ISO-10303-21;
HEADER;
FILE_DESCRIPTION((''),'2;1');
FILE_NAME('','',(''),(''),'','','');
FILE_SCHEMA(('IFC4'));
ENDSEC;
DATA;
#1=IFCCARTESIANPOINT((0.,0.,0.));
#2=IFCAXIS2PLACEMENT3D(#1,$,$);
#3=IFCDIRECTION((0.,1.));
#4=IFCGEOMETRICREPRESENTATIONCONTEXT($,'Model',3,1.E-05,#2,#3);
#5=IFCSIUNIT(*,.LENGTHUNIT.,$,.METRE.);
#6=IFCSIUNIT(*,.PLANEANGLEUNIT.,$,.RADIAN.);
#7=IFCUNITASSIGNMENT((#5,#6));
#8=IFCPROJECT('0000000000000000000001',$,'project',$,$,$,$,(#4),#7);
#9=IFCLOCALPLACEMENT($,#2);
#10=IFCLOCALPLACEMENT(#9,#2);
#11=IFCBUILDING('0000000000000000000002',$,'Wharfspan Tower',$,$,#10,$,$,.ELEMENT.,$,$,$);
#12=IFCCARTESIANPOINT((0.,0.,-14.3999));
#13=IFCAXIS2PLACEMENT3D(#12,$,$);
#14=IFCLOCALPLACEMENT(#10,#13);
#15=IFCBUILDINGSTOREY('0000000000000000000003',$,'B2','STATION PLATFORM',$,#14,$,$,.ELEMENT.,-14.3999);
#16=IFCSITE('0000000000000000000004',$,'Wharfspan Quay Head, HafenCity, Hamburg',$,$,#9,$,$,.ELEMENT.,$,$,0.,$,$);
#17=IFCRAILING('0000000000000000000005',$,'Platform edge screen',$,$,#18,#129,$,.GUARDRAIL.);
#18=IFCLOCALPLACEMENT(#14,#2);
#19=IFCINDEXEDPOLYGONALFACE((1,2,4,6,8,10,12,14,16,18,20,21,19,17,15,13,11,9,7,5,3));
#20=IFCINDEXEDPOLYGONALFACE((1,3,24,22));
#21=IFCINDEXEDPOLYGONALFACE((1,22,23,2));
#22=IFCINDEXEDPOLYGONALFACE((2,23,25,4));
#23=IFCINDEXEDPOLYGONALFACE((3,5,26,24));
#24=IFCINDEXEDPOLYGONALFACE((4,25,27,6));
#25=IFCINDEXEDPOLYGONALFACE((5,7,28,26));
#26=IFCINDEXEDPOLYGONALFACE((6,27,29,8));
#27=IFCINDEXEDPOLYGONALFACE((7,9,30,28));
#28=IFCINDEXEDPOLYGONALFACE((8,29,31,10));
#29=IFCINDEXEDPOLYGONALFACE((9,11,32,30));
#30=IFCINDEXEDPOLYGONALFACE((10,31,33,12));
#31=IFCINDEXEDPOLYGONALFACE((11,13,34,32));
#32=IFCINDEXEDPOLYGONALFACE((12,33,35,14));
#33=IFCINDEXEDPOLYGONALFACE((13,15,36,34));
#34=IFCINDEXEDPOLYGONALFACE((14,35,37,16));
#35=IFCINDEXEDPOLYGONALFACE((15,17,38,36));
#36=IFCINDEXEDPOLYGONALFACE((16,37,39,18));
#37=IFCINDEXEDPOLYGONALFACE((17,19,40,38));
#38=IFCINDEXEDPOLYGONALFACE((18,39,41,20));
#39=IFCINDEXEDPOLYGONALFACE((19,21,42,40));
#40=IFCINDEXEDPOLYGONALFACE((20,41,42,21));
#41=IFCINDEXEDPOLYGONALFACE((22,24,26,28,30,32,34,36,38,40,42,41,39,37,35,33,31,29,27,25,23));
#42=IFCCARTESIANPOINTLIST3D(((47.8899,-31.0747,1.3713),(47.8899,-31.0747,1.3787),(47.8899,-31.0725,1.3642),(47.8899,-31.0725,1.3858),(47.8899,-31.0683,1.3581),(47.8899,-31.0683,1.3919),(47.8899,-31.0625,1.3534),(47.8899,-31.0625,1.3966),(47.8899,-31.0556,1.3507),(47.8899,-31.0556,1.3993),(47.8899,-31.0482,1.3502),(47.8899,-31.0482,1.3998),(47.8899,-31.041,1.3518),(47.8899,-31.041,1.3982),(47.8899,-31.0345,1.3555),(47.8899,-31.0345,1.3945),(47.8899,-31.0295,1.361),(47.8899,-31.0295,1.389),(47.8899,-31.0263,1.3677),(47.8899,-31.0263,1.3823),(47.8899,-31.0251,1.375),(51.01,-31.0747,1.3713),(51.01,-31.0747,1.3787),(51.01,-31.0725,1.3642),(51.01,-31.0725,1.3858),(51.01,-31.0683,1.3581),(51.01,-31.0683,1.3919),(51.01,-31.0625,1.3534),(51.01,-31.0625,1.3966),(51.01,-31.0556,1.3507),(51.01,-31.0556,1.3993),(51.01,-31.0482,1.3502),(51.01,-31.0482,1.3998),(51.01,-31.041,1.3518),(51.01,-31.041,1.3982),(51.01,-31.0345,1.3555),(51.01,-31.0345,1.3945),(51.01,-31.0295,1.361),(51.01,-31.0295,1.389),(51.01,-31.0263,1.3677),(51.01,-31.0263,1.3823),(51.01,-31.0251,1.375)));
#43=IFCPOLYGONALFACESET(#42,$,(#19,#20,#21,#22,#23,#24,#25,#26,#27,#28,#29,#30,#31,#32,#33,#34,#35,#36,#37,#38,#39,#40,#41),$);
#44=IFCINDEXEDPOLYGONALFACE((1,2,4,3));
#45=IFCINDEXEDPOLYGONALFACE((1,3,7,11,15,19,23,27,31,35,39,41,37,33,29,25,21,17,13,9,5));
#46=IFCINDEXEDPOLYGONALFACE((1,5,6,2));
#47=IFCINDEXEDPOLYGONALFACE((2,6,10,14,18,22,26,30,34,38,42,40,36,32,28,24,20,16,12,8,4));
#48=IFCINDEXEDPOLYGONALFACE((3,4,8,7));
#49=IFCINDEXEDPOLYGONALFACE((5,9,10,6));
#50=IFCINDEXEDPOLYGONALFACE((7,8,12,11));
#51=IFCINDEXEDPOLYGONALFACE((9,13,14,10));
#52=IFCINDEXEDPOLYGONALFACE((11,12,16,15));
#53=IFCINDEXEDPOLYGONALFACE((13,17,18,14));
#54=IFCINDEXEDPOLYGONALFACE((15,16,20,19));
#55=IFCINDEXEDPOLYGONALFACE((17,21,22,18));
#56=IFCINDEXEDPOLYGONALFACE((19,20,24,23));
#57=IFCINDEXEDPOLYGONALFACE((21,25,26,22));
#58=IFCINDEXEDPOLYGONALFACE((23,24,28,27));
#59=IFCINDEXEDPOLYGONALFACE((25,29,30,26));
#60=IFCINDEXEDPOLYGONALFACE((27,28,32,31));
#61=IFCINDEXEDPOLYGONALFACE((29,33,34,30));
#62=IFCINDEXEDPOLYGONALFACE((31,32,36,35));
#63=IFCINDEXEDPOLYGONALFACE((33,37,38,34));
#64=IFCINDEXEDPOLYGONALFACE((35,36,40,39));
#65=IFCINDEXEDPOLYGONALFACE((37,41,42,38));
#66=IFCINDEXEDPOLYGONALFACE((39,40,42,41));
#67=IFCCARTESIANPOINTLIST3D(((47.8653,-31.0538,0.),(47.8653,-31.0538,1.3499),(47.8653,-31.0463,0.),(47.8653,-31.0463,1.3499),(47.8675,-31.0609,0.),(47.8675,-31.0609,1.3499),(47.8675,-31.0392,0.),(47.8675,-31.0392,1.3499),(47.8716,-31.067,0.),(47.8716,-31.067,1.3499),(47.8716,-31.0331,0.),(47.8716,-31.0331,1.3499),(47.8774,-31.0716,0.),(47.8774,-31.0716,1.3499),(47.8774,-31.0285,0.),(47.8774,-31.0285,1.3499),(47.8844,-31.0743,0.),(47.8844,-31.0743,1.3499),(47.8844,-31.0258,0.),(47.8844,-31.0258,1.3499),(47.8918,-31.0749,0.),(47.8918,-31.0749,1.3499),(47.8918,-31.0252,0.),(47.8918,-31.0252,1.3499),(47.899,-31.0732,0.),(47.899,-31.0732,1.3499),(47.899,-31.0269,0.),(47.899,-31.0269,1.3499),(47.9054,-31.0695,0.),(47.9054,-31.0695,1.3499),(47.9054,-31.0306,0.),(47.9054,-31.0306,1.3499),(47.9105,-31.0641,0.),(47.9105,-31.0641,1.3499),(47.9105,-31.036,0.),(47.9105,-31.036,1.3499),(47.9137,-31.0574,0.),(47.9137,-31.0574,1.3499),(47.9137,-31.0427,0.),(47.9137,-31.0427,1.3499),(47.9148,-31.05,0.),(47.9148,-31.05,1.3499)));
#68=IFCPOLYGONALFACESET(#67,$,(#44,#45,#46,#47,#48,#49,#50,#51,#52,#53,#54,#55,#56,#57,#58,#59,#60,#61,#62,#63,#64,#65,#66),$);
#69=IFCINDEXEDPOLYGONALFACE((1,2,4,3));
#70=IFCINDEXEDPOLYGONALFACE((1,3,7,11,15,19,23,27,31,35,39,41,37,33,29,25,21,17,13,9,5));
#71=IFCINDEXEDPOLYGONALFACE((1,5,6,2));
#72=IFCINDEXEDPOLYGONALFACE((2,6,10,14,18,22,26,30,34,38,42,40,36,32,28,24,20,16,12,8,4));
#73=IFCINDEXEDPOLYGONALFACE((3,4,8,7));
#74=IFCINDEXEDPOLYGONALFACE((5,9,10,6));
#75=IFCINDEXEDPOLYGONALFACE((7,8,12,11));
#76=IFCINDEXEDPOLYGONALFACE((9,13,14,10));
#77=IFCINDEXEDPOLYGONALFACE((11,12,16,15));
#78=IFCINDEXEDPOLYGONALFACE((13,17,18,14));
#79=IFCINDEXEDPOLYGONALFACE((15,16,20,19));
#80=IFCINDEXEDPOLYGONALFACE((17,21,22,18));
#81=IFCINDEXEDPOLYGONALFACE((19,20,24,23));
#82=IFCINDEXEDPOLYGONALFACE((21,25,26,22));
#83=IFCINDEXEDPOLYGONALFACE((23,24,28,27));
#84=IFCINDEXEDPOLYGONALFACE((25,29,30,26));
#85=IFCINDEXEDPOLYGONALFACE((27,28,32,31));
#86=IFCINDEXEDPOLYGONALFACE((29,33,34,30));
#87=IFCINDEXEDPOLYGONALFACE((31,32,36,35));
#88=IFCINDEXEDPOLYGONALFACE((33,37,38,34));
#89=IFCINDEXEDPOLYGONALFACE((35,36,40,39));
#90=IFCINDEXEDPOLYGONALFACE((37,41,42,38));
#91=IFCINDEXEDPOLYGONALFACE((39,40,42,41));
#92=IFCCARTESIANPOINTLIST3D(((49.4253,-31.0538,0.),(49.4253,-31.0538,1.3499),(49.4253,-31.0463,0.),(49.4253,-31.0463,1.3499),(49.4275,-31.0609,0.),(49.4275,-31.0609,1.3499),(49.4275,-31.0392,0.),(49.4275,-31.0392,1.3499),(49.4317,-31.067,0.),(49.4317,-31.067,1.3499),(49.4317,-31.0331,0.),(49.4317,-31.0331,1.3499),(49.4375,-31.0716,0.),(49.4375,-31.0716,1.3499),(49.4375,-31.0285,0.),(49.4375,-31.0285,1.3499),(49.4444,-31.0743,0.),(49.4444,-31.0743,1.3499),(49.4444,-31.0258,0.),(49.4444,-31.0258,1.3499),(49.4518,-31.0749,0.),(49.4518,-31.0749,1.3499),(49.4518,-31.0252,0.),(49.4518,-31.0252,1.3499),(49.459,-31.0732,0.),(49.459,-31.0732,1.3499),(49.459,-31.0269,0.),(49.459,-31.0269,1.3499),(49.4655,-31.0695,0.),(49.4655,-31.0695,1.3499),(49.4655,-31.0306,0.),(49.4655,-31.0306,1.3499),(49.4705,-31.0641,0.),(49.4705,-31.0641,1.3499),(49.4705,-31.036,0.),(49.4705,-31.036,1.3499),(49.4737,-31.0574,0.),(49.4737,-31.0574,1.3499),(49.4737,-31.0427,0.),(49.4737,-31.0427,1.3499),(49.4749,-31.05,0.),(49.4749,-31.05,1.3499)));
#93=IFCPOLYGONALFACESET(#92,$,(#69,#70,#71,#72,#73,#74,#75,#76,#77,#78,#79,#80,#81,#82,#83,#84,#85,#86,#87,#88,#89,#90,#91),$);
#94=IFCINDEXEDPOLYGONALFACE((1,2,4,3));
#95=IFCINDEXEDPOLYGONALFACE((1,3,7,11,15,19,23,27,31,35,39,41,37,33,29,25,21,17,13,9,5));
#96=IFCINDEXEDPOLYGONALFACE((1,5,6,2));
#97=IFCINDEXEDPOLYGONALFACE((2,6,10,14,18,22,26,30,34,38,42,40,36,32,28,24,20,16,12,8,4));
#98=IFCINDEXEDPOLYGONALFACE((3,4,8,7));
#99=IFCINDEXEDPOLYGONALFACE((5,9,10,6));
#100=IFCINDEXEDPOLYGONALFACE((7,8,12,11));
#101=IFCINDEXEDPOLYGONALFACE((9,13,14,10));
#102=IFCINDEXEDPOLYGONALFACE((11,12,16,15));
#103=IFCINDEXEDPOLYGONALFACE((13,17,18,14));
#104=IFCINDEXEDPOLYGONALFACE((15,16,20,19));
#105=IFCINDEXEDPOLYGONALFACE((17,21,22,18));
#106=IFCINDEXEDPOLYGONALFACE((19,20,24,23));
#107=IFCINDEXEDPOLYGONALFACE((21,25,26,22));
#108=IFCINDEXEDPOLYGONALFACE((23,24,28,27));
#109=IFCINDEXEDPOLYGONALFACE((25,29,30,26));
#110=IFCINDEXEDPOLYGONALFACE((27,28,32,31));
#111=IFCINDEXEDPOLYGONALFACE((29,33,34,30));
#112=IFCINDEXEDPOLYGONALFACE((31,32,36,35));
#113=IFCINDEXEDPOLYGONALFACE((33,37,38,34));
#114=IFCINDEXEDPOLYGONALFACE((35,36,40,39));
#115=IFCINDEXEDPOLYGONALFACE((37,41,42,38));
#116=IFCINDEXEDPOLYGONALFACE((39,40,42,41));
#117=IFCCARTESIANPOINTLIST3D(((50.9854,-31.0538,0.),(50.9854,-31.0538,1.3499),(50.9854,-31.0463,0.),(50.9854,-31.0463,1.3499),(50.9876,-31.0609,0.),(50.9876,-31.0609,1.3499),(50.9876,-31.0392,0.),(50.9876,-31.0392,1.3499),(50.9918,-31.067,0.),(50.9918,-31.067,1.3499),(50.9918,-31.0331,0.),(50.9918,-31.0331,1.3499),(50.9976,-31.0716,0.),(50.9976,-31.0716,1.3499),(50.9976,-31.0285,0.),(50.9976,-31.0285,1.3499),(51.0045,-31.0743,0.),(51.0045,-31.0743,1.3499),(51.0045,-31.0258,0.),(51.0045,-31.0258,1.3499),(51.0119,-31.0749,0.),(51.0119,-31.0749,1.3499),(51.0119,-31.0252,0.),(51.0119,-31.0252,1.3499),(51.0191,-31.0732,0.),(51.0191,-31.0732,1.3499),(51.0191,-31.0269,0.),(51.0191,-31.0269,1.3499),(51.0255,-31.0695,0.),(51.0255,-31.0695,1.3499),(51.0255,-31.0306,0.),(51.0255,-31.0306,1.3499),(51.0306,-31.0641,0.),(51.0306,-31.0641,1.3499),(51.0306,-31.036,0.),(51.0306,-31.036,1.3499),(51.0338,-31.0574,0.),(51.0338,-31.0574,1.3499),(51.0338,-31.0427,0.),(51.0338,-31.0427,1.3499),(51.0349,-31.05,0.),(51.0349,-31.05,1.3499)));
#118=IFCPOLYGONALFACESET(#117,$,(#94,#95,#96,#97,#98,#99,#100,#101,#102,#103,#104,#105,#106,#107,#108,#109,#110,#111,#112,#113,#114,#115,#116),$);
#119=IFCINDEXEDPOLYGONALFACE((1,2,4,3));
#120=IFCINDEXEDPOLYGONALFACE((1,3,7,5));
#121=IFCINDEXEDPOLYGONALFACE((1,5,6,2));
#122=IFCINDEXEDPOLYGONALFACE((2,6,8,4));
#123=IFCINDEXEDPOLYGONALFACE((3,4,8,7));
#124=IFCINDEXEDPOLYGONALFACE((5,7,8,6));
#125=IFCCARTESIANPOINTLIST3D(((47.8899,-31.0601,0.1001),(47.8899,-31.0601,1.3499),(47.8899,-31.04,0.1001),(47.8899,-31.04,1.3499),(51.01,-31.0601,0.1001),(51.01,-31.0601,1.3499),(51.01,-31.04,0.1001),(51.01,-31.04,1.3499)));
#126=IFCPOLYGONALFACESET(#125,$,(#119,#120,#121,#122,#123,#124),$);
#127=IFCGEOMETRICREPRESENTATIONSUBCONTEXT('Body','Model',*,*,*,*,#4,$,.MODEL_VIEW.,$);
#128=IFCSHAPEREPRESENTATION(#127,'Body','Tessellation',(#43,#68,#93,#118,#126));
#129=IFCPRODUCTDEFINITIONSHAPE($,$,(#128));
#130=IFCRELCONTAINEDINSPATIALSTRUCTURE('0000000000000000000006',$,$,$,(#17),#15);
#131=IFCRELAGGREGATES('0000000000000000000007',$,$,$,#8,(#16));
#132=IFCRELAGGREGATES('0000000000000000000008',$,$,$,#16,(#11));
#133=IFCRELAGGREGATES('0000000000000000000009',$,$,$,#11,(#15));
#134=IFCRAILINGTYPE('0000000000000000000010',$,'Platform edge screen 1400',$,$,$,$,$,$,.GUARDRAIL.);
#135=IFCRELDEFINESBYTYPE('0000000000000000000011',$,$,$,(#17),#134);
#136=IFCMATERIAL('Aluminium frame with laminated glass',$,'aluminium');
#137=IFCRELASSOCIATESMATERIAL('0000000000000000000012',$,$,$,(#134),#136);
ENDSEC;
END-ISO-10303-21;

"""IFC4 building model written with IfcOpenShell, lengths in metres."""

from ifc_helpers import new_model, si_unit, direction, frame, origin, origin_2d, place, context, subcontext, project, spatial, rectangle, circle, extrude, material, type_object, element, save


model = new_model("IFC4")

# Units and contexts
model_context = context("Model", 3, precision=1e-05, world=origin(), true_north=direction((0.0, 1.0)))
body_context = subcontext(model_context, "Body", "Model", "MODEL_VIEW")
ifc_project = project(units=[si_unit("LENGTHUNIT", "METRE"), si_unit("PLANEANGLEUNIT", "RADIAN")], contexts=[model_context])

# Site, building, storey
site_placement = place(None, origin())
site = spatial("IfcSite", under=ifc_project, at=site_placement, Name="Wharfspan Quay Head, HafenCity, Hamburg", CompositionType="ELEMENT", RefElevation=0.0)
building_placement = place(site_placement, origin())
building = spatial("IfcBuilding", under=site, at=building_placement, Name="Wharfspan Tower", CompositionType="ELEMENT")
storey_placement = place(building_placement, frame((0.0, 0.0, -14.3999)))
storey = spatial("IfcBuildingStorey", under=building, at=storey_placement, Name="B2", Description="STATION PLATFORM", CompositionType="ELEMENT", Elevation=-14.3999)

# Railing
ifc_material_1 = material(Name="Aluminium frame with laminated glass", Category="aluminium")
railing_type_1 = type_object("IfcRailingType", Name="Platform edge screen 1400", PredefinedType="GUARDRAIL", material=ifc_material_1)
for number, where, name in (
    (1, (47.8899, -31.05, 0.0), "Platform edge screen"),
):
    element("IfcRailing", number, at=place(storey_placement, frame(where)), inside=storey, type_object=railing_type_1, Name=name, PredefinedType="GUARDRAIL", context=body_context, shape_type="SweptSolid", body=[
        extrude(circle(Radius=0.0249, at=origin_2d()), frame((0.0, 0.0, 1.375), z_axis=(1.0, 0.0, 0.0), x_axis=(0.0, 1.0, 0.0)), (0.0, 0.0, 1.0), 3.1201),
        extrude(circle(Radius=0.0249, at=origin_2d()), origin(), (0.0, 0.0, 1.0), 1.3499),
        extrude(circle(Radius=0.0249, at=origin_2d()), frame((1.5601, 0.0, 0.0)), (0.0, 0.0, 1.0), 1.3499),
        extrude(circle(Radius=0.0249, at=origin_2d()), frame((3.1201, 0.0, 0.0)), (0.0, 0.0, 1.0), 1.3499),
        extrude(rectangle(XDim=3.1201, YDim=0.02, at=origin_2d()), frame((1.5601, 0.0, 0.1001), z_axis=(0.0, 0.0, 1.0), x_axis=(1.0, 0.0, 0.0)), (0.0, 0.0, 1.0), 1.2498),
    ])

save(model, "model.ifc")
